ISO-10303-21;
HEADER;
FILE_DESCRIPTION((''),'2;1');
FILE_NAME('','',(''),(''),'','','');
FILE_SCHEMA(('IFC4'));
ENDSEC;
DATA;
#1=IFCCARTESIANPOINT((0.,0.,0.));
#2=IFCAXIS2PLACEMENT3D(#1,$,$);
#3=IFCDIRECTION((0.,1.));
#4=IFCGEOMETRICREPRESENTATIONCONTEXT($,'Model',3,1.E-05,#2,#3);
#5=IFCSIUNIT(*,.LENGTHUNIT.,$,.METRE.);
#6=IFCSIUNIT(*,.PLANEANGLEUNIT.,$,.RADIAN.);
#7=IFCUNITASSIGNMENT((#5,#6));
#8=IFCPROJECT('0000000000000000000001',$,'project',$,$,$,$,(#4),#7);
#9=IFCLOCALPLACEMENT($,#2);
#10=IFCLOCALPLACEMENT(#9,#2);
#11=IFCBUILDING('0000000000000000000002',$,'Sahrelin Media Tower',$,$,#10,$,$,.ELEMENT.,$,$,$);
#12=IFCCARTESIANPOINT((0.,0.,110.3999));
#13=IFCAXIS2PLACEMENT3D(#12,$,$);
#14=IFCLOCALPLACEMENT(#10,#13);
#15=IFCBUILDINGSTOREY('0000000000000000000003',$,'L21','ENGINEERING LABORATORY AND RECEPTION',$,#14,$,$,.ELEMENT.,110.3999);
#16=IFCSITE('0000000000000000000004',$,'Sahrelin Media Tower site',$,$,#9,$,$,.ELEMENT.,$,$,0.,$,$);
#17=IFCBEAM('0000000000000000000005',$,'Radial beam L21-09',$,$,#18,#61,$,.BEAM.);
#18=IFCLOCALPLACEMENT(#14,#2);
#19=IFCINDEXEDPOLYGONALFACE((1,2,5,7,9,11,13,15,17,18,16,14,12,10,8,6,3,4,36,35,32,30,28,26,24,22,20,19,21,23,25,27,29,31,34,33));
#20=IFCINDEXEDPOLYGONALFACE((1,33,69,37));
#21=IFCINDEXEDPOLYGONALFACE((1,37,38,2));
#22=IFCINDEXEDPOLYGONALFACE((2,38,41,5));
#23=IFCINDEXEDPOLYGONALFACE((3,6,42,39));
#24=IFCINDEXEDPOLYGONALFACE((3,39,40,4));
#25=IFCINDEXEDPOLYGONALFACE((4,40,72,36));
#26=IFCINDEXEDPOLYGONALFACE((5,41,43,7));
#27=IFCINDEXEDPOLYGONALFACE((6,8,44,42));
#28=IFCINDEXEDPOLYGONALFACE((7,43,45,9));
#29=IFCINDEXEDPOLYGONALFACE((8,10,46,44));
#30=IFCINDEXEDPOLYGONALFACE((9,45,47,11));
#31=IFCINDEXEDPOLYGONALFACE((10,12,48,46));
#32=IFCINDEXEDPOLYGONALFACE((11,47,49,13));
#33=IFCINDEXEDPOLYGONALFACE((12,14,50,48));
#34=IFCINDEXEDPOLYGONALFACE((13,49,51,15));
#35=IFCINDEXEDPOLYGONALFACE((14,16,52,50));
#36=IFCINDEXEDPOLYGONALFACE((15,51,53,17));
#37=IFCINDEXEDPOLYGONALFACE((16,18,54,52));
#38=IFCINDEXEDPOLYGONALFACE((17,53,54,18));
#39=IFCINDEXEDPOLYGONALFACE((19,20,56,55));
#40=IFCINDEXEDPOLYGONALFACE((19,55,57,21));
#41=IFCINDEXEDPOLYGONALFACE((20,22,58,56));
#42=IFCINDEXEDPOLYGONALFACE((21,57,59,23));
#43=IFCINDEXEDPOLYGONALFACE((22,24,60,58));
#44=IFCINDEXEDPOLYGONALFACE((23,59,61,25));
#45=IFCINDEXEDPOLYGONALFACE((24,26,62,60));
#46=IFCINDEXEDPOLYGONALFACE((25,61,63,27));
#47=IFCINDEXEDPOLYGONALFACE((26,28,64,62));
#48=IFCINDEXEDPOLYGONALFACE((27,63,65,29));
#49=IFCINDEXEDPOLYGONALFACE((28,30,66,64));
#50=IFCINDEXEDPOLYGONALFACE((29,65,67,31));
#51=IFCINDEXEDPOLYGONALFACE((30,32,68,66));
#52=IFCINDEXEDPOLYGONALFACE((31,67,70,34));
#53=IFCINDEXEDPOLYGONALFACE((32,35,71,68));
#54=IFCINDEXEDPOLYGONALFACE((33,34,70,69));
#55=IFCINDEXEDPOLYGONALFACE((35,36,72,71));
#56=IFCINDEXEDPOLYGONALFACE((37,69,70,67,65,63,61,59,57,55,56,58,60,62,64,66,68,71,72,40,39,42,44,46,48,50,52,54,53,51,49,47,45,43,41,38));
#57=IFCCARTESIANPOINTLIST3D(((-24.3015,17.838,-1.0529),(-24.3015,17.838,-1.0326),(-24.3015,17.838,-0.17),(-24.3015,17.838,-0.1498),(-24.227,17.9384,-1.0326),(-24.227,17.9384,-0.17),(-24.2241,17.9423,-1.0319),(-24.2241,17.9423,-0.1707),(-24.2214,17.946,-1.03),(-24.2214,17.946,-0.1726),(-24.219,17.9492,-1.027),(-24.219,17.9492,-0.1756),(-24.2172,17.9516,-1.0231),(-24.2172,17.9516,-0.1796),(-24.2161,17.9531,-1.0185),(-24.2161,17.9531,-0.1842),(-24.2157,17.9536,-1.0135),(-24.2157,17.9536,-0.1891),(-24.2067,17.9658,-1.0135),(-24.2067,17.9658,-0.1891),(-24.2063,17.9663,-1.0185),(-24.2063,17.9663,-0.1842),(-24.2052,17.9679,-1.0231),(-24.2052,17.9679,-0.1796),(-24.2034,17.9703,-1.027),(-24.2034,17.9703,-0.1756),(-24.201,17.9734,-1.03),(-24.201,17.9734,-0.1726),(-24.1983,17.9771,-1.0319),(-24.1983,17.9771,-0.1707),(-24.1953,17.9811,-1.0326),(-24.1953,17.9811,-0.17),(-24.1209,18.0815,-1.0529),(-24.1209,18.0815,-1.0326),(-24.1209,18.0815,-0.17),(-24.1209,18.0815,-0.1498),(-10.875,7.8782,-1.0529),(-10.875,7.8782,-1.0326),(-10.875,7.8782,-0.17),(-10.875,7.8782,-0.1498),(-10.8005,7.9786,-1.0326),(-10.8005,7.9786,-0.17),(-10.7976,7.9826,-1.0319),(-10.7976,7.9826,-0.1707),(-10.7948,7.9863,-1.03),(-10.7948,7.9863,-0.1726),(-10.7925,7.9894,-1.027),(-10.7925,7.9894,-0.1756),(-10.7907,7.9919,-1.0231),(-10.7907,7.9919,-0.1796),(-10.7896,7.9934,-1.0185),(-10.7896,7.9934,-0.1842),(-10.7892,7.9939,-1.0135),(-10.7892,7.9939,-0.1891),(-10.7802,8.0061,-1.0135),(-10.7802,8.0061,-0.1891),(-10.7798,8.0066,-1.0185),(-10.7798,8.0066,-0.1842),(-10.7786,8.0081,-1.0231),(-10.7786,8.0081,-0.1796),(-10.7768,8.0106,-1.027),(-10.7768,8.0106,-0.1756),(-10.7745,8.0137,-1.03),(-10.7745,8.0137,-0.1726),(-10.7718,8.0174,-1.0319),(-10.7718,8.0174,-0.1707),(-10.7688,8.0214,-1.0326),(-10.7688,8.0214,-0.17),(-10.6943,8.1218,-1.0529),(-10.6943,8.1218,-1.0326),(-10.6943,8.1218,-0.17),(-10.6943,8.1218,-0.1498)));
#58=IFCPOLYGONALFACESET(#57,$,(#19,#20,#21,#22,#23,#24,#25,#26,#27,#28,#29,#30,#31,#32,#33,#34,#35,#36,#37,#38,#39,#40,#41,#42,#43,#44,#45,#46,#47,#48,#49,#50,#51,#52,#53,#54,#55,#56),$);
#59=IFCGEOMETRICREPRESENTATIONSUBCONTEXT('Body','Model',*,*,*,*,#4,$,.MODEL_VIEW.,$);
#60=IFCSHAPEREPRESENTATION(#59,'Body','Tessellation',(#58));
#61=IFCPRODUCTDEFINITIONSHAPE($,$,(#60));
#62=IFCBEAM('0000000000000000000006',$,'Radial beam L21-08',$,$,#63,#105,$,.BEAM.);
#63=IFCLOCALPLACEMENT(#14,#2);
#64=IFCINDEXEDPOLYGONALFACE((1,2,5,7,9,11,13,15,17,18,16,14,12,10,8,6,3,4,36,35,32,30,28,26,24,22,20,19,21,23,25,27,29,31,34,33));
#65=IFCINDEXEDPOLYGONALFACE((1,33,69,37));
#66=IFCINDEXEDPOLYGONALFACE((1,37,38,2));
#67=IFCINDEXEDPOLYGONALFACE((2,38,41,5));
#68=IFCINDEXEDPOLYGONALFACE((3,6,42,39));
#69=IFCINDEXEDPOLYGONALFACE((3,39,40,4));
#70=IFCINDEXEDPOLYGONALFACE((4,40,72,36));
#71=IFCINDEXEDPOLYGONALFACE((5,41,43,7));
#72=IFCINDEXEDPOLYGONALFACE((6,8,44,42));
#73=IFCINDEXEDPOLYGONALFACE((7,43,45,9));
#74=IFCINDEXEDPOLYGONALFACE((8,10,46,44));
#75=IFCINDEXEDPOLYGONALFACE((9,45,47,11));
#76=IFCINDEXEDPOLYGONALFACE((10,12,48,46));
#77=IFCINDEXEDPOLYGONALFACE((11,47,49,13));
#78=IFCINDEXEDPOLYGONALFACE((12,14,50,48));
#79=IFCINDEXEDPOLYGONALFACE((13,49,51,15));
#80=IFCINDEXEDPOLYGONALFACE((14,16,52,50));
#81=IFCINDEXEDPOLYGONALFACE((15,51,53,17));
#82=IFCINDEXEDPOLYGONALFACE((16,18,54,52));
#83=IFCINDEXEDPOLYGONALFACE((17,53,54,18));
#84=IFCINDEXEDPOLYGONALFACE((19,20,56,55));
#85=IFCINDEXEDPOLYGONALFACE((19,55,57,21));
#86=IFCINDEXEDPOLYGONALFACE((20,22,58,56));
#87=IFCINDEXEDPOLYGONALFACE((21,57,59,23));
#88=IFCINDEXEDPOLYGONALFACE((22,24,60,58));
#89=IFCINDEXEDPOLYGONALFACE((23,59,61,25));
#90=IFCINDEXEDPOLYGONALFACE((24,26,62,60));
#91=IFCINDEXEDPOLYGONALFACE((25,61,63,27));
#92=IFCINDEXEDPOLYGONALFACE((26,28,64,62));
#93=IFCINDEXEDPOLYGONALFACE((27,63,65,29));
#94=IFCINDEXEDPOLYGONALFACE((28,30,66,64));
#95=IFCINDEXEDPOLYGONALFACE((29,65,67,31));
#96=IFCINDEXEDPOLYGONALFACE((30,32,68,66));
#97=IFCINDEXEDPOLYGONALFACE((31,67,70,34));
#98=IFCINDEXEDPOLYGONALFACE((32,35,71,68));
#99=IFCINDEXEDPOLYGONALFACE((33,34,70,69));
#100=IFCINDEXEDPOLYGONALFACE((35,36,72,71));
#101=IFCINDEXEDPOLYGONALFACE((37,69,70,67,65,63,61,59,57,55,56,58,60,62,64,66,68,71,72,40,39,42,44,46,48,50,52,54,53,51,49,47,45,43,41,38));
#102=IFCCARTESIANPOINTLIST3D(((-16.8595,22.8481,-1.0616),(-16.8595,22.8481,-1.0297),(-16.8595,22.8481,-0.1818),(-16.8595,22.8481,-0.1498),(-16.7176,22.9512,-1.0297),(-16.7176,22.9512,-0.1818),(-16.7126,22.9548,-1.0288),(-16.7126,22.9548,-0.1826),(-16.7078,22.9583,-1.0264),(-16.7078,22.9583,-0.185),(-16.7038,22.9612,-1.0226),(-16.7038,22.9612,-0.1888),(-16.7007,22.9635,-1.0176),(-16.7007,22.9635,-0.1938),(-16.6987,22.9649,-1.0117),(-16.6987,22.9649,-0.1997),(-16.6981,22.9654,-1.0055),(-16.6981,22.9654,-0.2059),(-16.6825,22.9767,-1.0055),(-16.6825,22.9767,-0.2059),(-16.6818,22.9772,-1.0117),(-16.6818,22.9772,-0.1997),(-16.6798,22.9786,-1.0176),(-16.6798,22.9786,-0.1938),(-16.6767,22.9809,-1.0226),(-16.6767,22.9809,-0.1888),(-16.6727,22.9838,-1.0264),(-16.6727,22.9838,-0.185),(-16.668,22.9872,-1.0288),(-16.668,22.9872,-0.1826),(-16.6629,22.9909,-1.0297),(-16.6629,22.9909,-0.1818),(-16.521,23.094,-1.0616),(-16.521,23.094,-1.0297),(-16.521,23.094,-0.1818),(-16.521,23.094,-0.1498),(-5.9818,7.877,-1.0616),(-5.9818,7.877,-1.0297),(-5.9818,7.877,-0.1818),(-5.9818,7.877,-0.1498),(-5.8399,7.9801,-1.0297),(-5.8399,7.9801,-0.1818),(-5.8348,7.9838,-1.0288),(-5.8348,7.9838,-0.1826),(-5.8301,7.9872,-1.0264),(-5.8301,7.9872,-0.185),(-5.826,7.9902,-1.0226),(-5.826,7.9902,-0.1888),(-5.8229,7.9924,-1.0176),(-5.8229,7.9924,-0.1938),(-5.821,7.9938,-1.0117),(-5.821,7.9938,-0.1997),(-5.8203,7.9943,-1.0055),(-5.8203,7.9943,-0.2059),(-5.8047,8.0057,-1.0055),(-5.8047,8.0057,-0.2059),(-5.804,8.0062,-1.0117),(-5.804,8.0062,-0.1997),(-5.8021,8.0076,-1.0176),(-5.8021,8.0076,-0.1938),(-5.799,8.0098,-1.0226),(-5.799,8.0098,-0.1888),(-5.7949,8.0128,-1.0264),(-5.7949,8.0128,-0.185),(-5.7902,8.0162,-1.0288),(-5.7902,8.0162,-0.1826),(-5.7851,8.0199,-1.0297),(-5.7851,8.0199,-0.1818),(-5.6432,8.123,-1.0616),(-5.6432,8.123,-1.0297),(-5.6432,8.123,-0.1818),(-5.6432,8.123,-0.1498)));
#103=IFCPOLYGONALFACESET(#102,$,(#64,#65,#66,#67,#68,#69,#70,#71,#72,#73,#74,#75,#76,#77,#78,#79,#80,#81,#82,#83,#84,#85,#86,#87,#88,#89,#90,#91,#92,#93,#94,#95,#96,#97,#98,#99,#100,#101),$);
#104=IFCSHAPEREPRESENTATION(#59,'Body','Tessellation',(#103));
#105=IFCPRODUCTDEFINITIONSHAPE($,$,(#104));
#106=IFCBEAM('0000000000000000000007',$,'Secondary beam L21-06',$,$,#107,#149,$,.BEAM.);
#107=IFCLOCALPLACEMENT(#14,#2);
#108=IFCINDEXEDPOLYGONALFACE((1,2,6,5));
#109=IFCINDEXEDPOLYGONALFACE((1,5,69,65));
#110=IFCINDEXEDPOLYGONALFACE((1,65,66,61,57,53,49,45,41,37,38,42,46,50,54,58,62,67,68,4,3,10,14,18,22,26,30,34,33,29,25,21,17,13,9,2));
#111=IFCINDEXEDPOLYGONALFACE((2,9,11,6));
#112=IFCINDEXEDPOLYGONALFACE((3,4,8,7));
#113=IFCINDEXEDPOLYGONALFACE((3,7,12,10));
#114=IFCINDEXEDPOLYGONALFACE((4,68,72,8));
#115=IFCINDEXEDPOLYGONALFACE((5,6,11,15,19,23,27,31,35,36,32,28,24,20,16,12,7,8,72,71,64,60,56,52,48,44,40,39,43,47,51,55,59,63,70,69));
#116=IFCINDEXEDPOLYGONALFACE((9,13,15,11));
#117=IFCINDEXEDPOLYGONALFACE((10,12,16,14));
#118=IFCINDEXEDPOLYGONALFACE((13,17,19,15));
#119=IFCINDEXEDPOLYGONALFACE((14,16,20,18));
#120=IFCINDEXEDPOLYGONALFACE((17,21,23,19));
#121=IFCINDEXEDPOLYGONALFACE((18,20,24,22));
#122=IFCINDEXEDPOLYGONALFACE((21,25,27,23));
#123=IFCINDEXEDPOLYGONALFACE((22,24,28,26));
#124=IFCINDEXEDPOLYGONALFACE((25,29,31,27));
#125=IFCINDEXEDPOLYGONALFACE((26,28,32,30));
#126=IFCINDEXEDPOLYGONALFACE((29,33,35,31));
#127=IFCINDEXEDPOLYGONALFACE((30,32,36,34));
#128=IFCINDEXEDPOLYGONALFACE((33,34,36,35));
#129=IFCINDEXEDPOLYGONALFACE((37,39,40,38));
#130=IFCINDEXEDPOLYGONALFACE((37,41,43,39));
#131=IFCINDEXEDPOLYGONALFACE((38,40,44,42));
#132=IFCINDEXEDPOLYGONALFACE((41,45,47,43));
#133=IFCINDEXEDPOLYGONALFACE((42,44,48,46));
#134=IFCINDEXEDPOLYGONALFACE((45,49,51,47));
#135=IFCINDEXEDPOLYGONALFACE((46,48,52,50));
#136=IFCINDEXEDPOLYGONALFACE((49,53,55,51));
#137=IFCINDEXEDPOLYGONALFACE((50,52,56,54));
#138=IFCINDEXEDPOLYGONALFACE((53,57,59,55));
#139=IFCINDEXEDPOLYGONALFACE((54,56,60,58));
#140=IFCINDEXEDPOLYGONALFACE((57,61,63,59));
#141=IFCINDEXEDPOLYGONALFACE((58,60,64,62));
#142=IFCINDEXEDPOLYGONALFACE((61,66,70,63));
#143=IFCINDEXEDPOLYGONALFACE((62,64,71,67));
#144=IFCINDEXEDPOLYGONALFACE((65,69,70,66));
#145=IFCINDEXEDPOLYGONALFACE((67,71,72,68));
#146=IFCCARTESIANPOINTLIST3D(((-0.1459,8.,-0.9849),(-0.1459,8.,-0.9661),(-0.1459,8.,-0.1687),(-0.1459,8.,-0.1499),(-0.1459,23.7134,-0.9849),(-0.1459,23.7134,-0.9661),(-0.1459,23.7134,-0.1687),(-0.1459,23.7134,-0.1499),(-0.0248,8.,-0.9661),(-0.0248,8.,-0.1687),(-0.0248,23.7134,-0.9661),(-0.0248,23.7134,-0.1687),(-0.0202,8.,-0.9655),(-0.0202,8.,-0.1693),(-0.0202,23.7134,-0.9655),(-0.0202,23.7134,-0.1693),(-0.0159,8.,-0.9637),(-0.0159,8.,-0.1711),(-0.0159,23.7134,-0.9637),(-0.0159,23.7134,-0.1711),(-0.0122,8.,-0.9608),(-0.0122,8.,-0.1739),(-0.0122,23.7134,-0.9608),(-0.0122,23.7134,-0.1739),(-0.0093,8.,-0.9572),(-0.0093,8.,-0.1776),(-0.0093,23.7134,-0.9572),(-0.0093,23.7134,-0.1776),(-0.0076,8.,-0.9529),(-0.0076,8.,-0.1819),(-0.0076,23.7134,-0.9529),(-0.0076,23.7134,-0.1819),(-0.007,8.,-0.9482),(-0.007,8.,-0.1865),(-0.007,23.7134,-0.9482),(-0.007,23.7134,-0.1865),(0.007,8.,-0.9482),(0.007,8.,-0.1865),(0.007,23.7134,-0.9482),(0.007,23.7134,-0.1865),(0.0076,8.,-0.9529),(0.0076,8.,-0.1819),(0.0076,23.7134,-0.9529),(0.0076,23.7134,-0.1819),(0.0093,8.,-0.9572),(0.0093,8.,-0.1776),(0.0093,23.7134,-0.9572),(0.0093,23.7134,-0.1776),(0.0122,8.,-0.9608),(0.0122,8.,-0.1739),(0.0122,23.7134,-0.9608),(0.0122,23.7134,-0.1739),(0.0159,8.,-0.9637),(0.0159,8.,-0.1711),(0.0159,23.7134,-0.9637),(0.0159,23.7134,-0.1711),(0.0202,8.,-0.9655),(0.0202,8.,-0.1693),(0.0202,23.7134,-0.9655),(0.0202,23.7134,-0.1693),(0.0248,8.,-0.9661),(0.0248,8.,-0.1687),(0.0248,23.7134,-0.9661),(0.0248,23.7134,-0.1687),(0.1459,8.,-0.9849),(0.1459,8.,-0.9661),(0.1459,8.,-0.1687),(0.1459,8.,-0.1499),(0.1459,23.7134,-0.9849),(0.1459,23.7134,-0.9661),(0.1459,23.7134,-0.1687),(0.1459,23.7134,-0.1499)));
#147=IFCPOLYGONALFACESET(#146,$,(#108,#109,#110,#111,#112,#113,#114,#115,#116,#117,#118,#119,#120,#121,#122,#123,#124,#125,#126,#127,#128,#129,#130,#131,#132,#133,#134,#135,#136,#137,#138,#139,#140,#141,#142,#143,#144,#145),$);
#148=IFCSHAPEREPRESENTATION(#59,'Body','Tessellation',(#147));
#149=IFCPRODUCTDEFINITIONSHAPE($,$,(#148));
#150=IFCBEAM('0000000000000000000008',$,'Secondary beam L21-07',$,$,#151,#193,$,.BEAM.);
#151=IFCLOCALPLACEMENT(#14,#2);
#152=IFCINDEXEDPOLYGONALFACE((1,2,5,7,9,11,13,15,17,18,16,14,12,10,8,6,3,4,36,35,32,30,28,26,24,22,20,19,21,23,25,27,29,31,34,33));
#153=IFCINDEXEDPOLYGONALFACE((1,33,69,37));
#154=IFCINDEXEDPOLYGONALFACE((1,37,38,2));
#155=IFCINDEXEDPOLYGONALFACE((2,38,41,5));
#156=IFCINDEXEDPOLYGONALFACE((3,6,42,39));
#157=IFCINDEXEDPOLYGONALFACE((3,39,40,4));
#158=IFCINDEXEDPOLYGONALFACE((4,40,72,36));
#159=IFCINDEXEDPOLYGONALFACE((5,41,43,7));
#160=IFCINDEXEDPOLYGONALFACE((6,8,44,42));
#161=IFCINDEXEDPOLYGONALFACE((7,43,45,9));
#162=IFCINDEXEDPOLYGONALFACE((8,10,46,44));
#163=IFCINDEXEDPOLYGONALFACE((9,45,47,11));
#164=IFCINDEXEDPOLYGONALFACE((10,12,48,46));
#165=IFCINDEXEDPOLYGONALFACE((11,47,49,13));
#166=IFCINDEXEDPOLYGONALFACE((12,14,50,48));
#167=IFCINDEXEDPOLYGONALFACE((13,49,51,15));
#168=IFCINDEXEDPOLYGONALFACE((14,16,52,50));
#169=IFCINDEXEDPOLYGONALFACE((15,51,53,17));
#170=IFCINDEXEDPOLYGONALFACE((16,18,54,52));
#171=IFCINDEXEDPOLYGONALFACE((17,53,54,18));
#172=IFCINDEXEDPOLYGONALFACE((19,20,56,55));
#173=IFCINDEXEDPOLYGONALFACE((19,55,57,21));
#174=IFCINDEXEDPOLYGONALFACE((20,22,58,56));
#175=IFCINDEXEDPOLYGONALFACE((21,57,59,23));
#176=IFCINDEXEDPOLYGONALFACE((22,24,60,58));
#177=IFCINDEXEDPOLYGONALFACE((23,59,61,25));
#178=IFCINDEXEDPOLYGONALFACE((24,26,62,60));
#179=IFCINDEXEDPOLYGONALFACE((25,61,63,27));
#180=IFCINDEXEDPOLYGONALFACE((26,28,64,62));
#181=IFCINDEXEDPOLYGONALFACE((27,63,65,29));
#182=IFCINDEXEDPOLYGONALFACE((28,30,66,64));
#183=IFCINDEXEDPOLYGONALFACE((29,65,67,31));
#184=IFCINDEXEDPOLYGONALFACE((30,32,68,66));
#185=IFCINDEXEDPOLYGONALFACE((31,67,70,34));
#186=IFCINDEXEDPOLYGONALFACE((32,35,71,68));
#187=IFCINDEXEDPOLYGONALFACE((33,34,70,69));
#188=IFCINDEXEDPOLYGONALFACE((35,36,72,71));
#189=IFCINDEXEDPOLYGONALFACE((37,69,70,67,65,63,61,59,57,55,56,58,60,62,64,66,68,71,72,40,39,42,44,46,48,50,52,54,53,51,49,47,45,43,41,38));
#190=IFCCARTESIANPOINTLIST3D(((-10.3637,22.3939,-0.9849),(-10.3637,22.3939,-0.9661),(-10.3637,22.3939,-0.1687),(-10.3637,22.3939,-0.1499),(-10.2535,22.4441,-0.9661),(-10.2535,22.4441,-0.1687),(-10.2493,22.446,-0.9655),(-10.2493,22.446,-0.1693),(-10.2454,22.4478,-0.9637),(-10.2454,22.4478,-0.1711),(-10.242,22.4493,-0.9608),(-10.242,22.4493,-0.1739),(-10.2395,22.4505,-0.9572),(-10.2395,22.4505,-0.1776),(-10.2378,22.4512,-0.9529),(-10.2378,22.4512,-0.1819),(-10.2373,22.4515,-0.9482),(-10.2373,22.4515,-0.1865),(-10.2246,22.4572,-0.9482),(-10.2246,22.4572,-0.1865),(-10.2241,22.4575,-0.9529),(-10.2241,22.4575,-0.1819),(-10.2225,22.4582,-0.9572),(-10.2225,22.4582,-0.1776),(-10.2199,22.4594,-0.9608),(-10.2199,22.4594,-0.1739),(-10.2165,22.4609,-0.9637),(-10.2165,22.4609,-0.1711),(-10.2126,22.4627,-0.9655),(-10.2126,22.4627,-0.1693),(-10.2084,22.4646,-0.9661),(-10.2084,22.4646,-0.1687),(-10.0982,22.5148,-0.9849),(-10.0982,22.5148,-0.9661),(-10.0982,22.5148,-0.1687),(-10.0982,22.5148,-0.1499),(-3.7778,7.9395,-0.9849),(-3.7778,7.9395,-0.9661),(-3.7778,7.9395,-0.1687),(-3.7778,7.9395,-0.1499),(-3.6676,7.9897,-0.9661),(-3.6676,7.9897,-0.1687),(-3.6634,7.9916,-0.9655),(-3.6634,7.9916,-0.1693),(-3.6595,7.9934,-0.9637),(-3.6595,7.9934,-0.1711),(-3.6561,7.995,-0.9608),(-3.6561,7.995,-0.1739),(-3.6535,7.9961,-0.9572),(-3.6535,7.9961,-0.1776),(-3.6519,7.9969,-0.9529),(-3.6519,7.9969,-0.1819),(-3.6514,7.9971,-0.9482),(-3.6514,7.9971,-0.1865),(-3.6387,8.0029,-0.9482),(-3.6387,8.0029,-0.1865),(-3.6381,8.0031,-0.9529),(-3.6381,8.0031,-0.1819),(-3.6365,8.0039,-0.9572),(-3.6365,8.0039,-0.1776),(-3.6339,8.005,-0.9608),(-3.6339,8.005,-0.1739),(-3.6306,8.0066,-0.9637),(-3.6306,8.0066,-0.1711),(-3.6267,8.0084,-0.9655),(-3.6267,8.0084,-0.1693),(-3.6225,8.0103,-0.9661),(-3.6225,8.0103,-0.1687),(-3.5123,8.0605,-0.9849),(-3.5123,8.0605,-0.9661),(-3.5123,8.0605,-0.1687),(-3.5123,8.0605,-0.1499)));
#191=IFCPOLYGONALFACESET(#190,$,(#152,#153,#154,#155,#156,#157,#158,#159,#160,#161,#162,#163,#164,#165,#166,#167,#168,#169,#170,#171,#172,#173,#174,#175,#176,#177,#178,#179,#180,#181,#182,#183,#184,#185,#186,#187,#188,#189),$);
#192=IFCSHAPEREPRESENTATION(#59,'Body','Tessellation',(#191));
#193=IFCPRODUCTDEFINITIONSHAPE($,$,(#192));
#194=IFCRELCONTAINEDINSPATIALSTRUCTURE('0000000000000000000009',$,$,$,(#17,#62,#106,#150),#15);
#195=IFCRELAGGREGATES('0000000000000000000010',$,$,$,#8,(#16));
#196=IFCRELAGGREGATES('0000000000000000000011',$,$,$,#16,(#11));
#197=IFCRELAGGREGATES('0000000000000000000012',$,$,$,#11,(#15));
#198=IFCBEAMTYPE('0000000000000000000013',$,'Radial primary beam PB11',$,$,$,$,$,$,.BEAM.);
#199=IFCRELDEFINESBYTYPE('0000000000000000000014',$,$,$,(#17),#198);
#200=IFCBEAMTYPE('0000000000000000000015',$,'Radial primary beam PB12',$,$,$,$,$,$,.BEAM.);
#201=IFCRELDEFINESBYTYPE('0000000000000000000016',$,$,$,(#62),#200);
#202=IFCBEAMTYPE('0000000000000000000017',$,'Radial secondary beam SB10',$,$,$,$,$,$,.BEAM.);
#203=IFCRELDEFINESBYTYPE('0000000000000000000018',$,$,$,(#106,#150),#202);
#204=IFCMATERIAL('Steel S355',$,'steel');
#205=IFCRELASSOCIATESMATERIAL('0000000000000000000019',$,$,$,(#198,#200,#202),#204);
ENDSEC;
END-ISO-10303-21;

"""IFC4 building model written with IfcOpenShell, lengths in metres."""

from ifc_helpers import new_model, si_unit, direction, frame, origin, origin_2d, place, context, subcontext, project, spatial, i_section, extrude, material, material_profile, profile_set, type_object, element, save


model = new_model("IFC4")

# Units and contexts
model_context = context("Model", 3, precision=1e-05, world=origin(), true_north=direction((0.0, 1.0)))
body_context = subcontext(model_context, "Body", "Model", "MODEL_VIEW")
ifc_project = project(units=[si_unit("LENGTHUNIT", "METRE"), si_unit("PLANEANGLEUNIT", "RADIAN")], contexts=[model_context])

# Site, building, storey
site_placement = place(None, origin())
site = spatial("IfcSite", under=ifc_project, at=site_placement, Name="Sahrelin Media Tower site", CompositionType="ELEMENT", RefElevation=0.0)
building_placement = place(site_placement, origin())
building = spatial("IfcBuilding", under=site, at=building_placement, Name="Sahrelin Media Tower", CompositionType="ELEMENT")
storey_placement = place(building_placement, frame((0.0, 0.0, 110.3999)))
storey = spatial("IfcBuildingStorey", under=building, at=storey_placement, Name="L21", Description="ENGINEERING LABORATORY AND RECEPTION", CompositionType="ELEMENT", Elevation=110.3999)

# Shared definitions
ifc_material_1 = material(Name="Steel S355", Category="steel")

# Beams
ifc_material_profile_1 = material_profile(ifc_material_1, i_section(OverallWidth=0.3032, OverallDepth=0.9031, WebThickness=0.0151, FlangeThickness=0.0203, FilletRadius=0.019, at=origin_2d()), Name="UB 914x305x201")
ifc_profile_set_1 = profile_set([ifc_material_profile_1], Name="Steel S355")
beam_type_1 = type_object("IfcBeamType", Name="Radial primary beam PB11", PredefinedType="BEAM", material=ifc_profile_set_1)
beam_1_placement = place(storey_placement, frame((-10.7847, 8.0, -0.6013), z_axis=(-0.803152, 0.595774, 0.0), x_axis=(-0.595774, -0.803152, 0.0)))
element("IfcBeam", 1, at=beam_1_placement, inside=storey, type_object=beam_type_1, Name="Radial beam L21-09", PredefinedType="BEAM", context=body_context, shape_type="SweptSolid", body=[
    extrude(i_section(OverallWidth=0.3032, OverallDepth=0.9031, WebThickness=0.0151, FlangeThickness=0.0203, FilletRadius=0.019, at=origin_2d()), origin(), (0.0, 0.0, 1.0), 16.7173),
])
ifc_material_profile_2 = material_profile(ifc_material_1, i_section(OverallWidth=0.4185, OverallDepth=0.9119, WebThickness=0.0193, FlangeThickness=0.032, FilletRadius=0.0242, at=origin_2d()), Name="UB 914x419x343")
ifc_profile_set_2 = profile_set([ifc_material_profile_2], Name="Steel S355")
beam_type_2 = type_object("IfcBeamType", Name="Radial primary beam PB12", PredefinedType="BEAM", material=ifc_profile_set_2)
beam_2_placement = place(storey_placement, frame((-5.8125, 8.0, -0.6057), z_axis=(-0.587808, 0.809, 0.0), x_axis=(-0.809, -0.587808, 0.0)))
element("IfcBeam", 2, at=beam_2_placement, inside=storey, type_object=beam_type_2, Name="Radial beam L21-08", PredefinedType="BEAM", context=body_context, shape_type="SweptSolid", body=[
    extrude(i_section(OverallWidth=0.4185, OverallDepth=0.9119, WebThickness=0.0193, FlangeThickness=0.032, FilletRadius=0.0242, at=origin_2d()), origin(), (0.0, 0.0, 1.0), 18.5056),
])
ifc_material_profile_3 = material_profile(ifc_material_1, i_section(OverallWidth=0.2917, OverallDepth=0.835, WebThickness=0.0139, FlangeThickness=0.0188, FilletRadius=0.0178, at=origin_2d()), Name="UB 838x292x176")
ifc_profile_set_3 = profile_set([ifc_material_profile_3], Name="Steel S355")
beam_type_3 = type_object("IfcBeamType", Name="Radial secondary beam SB10", PredefinedType="BEAM", material=ifc_profile_set_3)
beam_3_placement = place(storey_placement, frame((0.0, 8.0, -0.5674), z_axis=(0.0, 1.0, 0.0), x_axis=(-1.0, 0.0, 0.0)))
element("IfcBeam", 3, at=beam_3_placement, inside=storey, type_object=beam_type_3, Name="Secondary beam L21-06", PredefinedType="BEAM", context=body_context, shape_type="SweptSolid", body=[
    extrude(i_section(OverallWidth=0.2917, OverallDepth=0.835, WebThickness=0.0139, FlangeThickness=0.0188, FilletRadius=0.0178, at=origin_2d()), origin(), (0.0, 0.0, 1.0), 15.7134),
])
beam_4_placement = place(storey_placement, frame((-3.645, 8.0, -0.5674), z_axis=(-0.414626, 0.909992, 0.0), x_axis=(-0.909992, -0.414626, 0.0)))
element("IfcBeam", 4, at=beam_4_placement, inside=storey, type_object=beam_type_3, Name="Secondary beam L21-07", PredefinedType="BEAM", context=body_context, shape_type="SweptSolid", body=[
    extrude(i_section(OverallWidth=0.2917, OverallDepth=0.835, WebThickness=0.0139, FlangeThickness=0.0188, FilletRadius=0.0178, at=origin_2d()), origin(), (0.0, 0.0, 1.0), 15.884),
])

save(model, "model.ifc")
